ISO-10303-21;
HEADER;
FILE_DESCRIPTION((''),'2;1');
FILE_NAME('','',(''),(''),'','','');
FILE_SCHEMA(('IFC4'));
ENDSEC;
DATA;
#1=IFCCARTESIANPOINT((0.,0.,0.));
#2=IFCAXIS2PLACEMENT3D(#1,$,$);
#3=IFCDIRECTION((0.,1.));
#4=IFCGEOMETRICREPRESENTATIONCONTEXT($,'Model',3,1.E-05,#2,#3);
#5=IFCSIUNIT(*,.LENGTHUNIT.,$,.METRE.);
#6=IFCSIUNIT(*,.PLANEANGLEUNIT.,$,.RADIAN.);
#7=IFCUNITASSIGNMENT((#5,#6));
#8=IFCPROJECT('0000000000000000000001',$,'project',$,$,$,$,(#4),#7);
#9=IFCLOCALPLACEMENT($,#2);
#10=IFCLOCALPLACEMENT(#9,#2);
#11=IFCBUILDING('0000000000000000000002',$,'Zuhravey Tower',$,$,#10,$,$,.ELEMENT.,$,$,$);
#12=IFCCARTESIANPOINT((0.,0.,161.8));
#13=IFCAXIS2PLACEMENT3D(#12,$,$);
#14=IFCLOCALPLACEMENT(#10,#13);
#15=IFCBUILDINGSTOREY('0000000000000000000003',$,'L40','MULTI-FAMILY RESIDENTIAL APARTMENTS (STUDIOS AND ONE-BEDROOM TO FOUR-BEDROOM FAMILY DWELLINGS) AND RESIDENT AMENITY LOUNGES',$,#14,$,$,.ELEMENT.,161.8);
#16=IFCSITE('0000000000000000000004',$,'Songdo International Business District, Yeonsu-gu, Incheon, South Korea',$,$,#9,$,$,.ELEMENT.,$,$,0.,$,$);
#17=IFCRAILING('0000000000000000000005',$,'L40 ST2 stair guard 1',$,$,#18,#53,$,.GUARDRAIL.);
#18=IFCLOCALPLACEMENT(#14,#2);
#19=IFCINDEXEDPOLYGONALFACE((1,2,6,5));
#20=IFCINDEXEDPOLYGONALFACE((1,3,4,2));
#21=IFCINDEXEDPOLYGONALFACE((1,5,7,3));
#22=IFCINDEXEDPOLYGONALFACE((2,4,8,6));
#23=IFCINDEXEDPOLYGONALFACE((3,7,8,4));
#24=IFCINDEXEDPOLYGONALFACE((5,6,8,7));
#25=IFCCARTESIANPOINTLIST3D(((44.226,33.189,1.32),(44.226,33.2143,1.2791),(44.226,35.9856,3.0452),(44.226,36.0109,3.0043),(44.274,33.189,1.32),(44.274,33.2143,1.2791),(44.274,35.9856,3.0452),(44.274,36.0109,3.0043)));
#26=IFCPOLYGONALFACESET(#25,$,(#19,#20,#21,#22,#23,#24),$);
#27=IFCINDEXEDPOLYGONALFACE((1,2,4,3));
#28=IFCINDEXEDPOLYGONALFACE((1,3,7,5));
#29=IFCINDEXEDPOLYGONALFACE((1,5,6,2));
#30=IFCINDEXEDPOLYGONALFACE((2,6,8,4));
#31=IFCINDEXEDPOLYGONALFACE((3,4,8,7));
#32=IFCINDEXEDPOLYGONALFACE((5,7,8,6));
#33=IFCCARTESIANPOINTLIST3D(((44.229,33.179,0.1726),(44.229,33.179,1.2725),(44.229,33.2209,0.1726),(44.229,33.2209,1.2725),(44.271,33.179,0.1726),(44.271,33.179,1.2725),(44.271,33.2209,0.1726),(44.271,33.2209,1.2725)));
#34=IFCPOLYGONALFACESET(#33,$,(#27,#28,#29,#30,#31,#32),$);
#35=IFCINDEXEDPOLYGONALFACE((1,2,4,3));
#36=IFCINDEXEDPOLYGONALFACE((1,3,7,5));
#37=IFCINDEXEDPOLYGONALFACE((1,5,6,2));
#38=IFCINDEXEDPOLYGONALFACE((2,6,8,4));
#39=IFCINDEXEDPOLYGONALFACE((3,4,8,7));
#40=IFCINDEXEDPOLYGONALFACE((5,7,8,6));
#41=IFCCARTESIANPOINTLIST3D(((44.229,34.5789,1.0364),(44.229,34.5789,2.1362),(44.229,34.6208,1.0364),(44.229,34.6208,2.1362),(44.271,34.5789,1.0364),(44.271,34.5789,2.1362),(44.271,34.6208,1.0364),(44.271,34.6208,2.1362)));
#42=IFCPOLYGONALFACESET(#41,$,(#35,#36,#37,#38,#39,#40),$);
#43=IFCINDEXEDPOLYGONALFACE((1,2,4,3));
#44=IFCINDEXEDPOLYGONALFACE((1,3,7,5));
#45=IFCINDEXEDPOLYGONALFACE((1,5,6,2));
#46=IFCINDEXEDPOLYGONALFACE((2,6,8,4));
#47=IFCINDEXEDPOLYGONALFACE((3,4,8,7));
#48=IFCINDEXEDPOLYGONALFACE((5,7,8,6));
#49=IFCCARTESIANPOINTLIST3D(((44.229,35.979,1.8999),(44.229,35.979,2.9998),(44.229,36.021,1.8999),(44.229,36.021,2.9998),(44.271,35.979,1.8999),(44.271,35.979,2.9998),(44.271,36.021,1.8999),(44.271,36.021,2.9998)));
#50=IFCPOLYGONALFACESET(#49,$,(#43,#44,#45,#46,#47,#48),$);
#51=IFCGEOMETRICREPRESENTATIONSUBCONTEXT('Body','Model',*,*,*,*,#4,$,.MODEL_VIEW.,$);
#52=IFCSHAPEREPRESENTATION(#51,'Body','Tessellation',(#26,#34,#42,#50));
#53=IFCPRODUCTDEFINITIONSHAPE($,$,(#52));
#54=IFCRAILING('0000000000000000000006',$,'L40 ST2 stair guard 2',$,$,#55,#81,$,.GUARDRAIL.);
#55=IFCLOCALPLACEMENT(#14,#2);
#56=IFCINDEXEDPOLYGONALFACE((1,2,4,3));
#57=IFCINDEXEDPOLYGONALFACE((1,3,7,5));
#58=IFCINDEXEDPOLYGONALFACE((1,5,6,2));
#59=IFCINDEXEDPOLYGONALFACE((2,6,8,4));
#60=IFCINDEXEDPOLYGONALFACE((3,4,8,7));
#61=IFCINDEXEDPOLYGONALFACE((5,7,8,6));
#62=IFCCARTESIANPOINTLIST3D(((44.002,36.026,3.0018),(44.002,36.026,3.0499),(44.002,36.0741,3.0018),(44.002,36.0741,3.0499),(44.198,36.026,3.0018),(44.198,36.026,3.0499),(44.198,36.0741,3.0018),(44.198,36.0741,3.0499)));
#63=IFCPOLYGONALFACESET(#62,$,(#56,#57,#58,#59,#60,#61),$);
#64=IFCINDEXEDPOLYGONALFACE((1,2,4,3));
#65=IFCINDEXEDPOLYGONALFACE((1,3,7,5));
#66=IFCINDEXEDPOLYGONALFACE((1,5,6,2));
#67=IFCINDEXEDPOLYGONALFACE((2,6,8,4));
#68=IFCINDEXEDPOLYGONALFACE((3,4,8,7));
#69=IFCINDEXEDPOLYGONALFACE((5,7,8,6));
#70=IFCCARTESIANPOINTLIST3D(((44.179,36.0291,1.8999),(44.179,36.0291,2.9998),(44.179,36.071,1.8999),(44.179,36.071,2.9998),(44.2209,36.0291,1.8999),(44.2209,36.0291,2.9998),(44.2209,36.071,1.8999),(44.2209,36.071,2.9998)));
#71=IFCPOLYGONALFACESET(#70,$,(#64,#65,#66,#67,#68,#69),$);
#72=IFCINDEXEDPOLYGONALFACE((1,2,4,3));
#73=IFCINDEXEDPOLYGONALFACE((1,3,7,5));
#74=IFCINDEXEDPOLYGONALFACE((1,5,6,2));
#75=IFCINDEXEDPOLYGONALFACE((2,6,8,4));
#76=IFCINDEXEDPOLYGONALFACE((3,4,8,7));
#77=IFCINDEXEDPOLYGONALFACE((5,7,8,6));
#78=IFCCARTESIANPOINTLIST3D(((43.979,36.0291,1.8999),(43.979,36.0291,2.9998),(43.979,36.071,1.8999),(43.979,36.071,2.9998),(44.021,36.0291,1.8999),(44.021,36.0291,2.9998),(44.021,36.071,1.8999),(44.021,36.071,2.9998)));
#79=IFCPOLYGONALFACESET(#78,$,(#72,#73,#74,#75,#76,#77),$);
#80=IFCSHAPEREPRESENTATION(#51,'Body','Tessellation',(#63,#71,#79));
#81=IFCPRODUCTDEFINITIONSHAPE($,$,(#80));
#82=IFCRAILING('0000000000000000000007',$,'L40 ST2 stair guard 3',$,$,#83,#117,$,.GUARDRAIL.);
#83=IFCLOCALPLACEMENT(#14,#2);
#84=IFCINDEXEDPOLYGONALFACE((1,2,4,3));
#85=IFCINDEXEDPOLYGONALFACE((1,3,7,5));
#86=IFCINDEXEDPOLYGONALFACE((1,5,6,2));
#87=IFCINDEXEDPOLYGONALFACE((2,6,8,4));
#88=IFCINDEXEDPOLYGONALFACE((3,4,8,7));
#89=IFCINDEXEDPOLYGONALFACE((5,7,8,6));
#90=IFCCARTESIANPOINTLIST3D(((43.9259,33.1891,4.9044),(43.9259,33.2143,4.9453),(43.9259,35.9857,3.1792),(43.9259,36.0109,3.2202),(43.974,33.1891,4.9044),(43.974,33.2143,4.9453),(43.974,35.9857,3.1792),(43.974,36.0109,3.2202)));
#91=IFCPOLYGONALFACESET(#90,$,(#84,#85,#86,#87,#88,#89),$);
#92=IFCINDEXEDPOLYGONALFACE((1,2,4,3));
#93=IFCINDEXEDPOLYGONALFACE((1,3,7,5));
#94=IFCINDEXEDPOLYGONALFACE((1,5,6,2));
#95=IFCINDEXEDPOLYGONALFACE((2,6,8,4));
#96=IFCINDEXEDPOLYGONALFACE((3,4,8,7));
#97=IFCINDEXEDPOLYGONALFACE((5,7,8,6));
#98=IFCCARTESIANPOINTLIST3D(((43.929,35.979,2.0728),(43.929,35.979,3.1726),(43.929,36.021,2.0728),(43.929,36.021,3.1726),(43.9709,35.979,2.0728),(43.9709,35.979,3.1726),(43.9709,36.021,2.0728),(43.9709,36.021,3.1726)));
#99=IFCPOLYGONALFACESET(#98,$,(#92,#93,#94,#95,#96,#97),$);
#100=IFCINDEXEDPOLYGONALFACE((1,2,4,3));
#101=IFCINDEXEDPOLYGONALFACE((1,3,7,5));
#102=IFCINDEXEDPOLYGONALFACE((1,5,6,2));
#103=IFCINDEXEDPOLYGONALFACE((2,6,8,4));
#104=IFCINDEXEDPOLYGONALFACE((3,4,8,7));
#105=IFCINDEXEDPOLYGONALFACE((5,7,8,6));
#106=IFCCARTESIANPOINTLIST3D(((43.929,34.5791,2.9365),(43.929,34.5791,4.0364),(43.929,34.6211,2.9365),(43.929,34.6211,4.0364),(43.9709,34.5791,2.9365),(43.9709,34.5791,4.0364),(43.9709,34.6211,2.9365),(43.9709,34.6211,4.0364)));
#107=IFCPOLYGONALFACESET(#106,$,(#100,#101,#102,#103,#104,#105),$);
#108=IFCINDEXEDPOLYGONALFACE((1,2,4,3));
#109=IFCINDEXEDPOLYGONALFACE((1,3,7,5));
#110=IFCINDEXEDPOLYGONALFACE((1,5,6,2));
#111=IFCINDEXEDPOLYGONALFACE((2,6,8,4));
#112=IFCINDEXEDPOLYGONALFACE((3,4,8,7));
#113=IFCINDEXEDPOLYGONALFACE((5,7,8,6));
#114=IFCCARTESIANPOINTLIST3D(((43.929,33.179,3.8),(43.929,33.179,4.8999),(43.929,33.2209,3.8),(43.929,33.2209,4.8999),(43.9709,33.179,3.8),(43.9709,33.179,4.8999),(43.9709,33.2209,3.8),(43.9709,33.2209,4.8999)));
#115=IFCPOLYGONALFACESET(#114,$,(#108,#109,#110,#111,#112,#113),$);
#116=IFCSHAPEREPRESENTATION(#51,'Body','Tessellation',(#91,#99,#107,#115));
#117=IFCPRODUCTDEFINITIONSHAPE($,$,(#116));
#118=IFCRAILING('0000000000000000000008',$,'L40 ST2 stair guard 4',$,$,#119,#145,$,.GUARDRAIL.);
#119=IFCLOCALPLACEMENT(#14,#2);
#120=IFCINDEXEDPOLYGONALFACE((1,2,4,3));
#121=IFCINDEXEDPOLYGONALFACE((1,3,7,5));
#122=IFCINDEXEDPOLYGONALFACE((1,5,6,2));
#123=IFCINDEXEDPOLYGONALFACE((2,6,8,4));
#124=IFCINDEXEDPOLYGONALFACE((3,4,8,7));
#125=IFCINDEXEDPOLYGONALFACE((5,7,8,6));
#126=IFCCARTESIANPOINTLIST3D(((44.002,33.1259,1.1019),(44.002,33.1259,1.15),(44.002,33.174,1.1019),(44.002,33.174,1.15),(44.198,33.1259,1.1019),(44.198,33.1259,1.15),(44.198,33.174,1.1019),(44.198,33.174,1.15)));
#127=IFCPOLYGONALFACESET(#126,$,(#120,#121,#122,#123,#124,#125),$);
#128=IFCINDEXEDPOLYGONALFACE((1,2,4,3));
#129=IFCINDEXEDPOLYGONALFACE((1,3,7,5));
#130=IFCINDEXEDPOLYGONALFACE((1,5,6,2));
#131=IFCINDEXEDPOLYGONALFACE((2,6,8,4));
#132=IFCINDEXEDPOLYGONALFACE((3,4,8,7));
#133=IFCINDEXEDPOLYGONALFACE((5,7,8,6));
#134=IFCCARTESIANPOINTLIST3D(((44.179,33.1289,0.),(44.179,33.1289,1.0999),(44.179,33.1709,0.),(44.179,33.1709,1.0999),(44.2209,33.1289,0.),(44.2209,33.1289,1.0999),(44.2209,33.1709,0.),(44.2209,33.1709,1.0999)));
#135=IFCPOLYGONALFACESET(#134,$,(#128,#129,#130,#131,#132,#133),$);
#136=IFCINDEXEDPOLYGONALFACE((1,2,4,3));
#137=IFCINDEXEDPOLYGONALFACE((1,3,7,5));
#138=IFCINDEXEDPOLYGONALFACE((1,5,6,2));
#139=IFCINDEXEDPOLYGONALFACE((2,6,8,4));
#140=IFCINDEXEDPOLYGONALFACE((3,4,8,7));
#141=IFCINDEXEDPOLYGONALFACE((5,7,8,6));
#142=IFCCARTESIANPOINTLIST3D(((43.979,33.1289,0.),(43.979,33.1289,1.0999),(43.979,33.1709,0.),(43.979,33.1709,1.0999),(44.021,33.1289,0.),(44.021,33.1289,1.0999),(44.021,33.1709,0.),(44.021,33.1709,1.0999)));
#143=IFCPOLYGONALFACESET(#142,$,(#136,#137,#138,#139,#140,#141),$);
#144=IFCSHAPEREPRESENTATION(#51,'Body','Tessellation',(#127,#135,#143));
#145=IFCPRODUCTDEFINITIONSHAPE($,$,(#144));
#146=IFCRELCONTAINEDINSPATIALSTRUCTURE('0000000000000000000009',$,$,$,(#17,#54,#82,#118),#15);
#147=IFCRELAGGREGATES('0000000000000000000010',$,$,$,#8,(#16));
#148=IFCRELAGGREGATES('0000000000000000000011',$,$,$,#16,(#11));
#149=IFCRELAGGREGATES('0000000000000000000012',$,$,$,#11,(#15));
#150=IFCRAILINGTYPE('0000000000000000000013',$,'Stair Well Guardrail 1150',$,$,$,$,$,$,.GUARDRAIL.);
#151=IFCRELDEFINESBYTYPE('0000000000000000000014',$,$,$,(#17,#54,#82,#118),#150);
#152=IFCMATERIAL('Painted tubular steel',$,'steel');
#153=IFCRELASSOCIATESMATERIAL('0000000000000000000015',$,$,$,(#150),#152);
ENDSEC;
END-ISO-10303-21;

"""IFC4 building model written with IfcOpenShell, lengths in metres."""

from ifc_helpers import new_model, si_unit, direction, frame, origin, origin_2d, place, context, subcontext, project, spatial, rectangle, extrude, material, type_object, element, save


model = new_model("IFC4")

# Units and contexts
model_context = context("Model", 3, precision=1e-05, world=origin(), true_north=direction((0.0, 1.0)))
body_context = subcontext(model_context, "Body", "Model", "MODEL_VIEW")
ifc_project = project(units=[si_unit("LENGTHUNIT", "METRE"), si_unit("PLANEANGLEUNIT", "RADIAN")], contexts=[model_context])

# Site, building, storey
site_placement = place(None, origin())
site = spatial("IfcSite", under=ifc_project, at=site_placement, Name="Songdo International Business District, Yeonsu-gu, Incheon, South Korea", CompositionType="ELEMENT", RefElevation=0.0)
building_placement = place(site_placement, origin())
building = spatial("IfcBuilding", under=site, at=building_placement, Name="Zuhravey Tower", CompositionType="ELEMENT")
storey_placement = place(building_placement, frame((0.0, 0.0, 161.8)))
storey = spatial("IfcBuildingStorey", under=building, at=storey_placement, Name="L40", Description="MULTI-FAMILY RESIDENTIAL APARTMENTS (STUDIOS AND ONE-BEDROOM TO FOUR-BEDROOM FAMILY DWELLINGS) AND RESIDENT AMENITY LOUNGES", CompositionType="ELEMENT", Elevation=161.8)

# Railings
ifc_material_1 = material(Name="Painted tubular steel", Category="steel")
railing_type_1 = type_object("IfcRailingType", Name="Stair Well Guardrail 1150", PredefinedType="GUARDRAIL", material=ifc_material_1)
railing_1_placement = place(storey_placement, frame((44.25, 33.2, 0.1726)))
element("IfcRailing", 1, at=railing_1_placement, inside=storey, type_object=railing_type_1, Name="L40 ST2 stair guard 1", PredefinedType="GUARDRAIL", context=body_context, shape_type="SweptSolid", body=[
    extrude(rectangle(XDim=0.0481, YDim=0.0481, at=origin_2d()), frame((0.0, 0.0017, 1.127), z_axis=(0.0, 0.85109, 0.52502), x_axis=(-1.0, 0.0, 0.0)), (0.0, 0.0, 1.0), 3.2859),
    extrude(rectangle(XDim=0.042, YDim=0.042, at=origin_2d()), origin(), (0.0, 0.0, 1.0), 1.0999),
    extrude(rectangle(XDim=0.042, YDim=0.042, at=origin_2d()), frame((0.0, 1.3999, 0.8638)), (0.0, 0.0, 1.0), 1.0999),
    extrude(rectangle(XDim=0.042, YDim=0.042, at=origin_2d()), frame((0.0, 2.8, 1.7273)), (0.0, 0.0, 1.0), 1.0999),
])
railing_2_placement = place(storey_placement, frame((44.2, 36.05, 1.8999)))
element("IfcRailing", 2, at=railing_2_placement, inside=storey, type_object=railing_type_1, Name="L40 ST2 stair guard 2", PredefinedType="GUARDRAIL", context=body_context, shape_type="SweptSolid", body=[
    extrude(rectangle(XDim=0.0481, YDim=0.0481, at=origin_2d()), frame((-0.002, 0.0, 1.126), z_axis=(-1.0, 0.0, 0.0), x_axis=(0.0, -1.0, 0.0)), (0.0, 0.0, 1.0), 0.196),
    extrude(rectangle(XDim=0.042, YDim=0.042, at=origin_2d()), origin(), (0.0, 0.0, 1.0), 1.0999),
    extrude(rectangle(XDim=0.042, YDim=0.042, at=origin_2d()), frame((-0.2, 0.0, 0.0)), (0.0, 0.0, 1.0), 1.0999),
])
railing_3_placement = place(storey_placement, frame((43.95, 36.0, 2.0728)))
element("IfcRailing", 3, at=railing_3_placement, inside=storey, type_object=railing_type_1, Name="L40 ST2 stair guard 3", PredefinedType="GUARDRAIL", context=body_context, shape_type="SweptSolid", body=[
    extrude(rectangle(XDim=0.0481, YDim=0.0481, at=origin_2d()), frame((0.0, -0.0017, 1.127), z_axis=(0.0, -0.85109, 0.52502), x_axis=(1.0, 0.0, 0.0)), (0.0, 0.0, 1.0), 3.2859),
    extrude(rectangle(XDim=0.042, YDim=0.042, at=origin_2d()), origin(), (0.0, 0.0, 1.0), 1.0999),
    extrude(rectangle(XDim=0.042, YDim=0.042, at=origin_2d()), frame((0.0, -1.3999, 0.8638)), (0.0, 0.0, 1.0), 1.0999),
    extrude(rectangle(XDim=0.042, YDim=0.042, at=origin_2d()), frame((0.0, -2.8, 1.7273)), (0.0, 0.0, 1.0), 1.0999),
])
railing_4_placement = place(storey_placement, frame((44.2, 33.1499, 0.0)))
element("IfcRailing", 4, at=railing_4_placement, inside=storey, type_object=railing_type_1, Name="L40 ST2 stair guard 4", PredefinedType="GUARDRAIL", context=body_context, shape_type="SweptSolid", body=[
    extrude(rectangle(XDim=0.0481, YDim=0.0481, at=origin_2d()), frame((-0.002, 0.0, 1.126), z_axis=(-1.0, 0.0, 0.0), x_axis=(0.0, -1.0, 0.0)), (0.0, 0.0, 1.0), 0.196),
    extrude(rectangle(XDim=0.042, YDim=0.042, at=origin_2d()), origin(), (0.0, 0.0, 1.0), 1.0999),
    extrude(rectangle(XDim=0.042, YDim=0.042, at=origin_2d()), frame((-0.2, 0.0, 0.0)), (0.0, 0.0, 1.0), 1.0999),
])

save(model, "model.ifc")
